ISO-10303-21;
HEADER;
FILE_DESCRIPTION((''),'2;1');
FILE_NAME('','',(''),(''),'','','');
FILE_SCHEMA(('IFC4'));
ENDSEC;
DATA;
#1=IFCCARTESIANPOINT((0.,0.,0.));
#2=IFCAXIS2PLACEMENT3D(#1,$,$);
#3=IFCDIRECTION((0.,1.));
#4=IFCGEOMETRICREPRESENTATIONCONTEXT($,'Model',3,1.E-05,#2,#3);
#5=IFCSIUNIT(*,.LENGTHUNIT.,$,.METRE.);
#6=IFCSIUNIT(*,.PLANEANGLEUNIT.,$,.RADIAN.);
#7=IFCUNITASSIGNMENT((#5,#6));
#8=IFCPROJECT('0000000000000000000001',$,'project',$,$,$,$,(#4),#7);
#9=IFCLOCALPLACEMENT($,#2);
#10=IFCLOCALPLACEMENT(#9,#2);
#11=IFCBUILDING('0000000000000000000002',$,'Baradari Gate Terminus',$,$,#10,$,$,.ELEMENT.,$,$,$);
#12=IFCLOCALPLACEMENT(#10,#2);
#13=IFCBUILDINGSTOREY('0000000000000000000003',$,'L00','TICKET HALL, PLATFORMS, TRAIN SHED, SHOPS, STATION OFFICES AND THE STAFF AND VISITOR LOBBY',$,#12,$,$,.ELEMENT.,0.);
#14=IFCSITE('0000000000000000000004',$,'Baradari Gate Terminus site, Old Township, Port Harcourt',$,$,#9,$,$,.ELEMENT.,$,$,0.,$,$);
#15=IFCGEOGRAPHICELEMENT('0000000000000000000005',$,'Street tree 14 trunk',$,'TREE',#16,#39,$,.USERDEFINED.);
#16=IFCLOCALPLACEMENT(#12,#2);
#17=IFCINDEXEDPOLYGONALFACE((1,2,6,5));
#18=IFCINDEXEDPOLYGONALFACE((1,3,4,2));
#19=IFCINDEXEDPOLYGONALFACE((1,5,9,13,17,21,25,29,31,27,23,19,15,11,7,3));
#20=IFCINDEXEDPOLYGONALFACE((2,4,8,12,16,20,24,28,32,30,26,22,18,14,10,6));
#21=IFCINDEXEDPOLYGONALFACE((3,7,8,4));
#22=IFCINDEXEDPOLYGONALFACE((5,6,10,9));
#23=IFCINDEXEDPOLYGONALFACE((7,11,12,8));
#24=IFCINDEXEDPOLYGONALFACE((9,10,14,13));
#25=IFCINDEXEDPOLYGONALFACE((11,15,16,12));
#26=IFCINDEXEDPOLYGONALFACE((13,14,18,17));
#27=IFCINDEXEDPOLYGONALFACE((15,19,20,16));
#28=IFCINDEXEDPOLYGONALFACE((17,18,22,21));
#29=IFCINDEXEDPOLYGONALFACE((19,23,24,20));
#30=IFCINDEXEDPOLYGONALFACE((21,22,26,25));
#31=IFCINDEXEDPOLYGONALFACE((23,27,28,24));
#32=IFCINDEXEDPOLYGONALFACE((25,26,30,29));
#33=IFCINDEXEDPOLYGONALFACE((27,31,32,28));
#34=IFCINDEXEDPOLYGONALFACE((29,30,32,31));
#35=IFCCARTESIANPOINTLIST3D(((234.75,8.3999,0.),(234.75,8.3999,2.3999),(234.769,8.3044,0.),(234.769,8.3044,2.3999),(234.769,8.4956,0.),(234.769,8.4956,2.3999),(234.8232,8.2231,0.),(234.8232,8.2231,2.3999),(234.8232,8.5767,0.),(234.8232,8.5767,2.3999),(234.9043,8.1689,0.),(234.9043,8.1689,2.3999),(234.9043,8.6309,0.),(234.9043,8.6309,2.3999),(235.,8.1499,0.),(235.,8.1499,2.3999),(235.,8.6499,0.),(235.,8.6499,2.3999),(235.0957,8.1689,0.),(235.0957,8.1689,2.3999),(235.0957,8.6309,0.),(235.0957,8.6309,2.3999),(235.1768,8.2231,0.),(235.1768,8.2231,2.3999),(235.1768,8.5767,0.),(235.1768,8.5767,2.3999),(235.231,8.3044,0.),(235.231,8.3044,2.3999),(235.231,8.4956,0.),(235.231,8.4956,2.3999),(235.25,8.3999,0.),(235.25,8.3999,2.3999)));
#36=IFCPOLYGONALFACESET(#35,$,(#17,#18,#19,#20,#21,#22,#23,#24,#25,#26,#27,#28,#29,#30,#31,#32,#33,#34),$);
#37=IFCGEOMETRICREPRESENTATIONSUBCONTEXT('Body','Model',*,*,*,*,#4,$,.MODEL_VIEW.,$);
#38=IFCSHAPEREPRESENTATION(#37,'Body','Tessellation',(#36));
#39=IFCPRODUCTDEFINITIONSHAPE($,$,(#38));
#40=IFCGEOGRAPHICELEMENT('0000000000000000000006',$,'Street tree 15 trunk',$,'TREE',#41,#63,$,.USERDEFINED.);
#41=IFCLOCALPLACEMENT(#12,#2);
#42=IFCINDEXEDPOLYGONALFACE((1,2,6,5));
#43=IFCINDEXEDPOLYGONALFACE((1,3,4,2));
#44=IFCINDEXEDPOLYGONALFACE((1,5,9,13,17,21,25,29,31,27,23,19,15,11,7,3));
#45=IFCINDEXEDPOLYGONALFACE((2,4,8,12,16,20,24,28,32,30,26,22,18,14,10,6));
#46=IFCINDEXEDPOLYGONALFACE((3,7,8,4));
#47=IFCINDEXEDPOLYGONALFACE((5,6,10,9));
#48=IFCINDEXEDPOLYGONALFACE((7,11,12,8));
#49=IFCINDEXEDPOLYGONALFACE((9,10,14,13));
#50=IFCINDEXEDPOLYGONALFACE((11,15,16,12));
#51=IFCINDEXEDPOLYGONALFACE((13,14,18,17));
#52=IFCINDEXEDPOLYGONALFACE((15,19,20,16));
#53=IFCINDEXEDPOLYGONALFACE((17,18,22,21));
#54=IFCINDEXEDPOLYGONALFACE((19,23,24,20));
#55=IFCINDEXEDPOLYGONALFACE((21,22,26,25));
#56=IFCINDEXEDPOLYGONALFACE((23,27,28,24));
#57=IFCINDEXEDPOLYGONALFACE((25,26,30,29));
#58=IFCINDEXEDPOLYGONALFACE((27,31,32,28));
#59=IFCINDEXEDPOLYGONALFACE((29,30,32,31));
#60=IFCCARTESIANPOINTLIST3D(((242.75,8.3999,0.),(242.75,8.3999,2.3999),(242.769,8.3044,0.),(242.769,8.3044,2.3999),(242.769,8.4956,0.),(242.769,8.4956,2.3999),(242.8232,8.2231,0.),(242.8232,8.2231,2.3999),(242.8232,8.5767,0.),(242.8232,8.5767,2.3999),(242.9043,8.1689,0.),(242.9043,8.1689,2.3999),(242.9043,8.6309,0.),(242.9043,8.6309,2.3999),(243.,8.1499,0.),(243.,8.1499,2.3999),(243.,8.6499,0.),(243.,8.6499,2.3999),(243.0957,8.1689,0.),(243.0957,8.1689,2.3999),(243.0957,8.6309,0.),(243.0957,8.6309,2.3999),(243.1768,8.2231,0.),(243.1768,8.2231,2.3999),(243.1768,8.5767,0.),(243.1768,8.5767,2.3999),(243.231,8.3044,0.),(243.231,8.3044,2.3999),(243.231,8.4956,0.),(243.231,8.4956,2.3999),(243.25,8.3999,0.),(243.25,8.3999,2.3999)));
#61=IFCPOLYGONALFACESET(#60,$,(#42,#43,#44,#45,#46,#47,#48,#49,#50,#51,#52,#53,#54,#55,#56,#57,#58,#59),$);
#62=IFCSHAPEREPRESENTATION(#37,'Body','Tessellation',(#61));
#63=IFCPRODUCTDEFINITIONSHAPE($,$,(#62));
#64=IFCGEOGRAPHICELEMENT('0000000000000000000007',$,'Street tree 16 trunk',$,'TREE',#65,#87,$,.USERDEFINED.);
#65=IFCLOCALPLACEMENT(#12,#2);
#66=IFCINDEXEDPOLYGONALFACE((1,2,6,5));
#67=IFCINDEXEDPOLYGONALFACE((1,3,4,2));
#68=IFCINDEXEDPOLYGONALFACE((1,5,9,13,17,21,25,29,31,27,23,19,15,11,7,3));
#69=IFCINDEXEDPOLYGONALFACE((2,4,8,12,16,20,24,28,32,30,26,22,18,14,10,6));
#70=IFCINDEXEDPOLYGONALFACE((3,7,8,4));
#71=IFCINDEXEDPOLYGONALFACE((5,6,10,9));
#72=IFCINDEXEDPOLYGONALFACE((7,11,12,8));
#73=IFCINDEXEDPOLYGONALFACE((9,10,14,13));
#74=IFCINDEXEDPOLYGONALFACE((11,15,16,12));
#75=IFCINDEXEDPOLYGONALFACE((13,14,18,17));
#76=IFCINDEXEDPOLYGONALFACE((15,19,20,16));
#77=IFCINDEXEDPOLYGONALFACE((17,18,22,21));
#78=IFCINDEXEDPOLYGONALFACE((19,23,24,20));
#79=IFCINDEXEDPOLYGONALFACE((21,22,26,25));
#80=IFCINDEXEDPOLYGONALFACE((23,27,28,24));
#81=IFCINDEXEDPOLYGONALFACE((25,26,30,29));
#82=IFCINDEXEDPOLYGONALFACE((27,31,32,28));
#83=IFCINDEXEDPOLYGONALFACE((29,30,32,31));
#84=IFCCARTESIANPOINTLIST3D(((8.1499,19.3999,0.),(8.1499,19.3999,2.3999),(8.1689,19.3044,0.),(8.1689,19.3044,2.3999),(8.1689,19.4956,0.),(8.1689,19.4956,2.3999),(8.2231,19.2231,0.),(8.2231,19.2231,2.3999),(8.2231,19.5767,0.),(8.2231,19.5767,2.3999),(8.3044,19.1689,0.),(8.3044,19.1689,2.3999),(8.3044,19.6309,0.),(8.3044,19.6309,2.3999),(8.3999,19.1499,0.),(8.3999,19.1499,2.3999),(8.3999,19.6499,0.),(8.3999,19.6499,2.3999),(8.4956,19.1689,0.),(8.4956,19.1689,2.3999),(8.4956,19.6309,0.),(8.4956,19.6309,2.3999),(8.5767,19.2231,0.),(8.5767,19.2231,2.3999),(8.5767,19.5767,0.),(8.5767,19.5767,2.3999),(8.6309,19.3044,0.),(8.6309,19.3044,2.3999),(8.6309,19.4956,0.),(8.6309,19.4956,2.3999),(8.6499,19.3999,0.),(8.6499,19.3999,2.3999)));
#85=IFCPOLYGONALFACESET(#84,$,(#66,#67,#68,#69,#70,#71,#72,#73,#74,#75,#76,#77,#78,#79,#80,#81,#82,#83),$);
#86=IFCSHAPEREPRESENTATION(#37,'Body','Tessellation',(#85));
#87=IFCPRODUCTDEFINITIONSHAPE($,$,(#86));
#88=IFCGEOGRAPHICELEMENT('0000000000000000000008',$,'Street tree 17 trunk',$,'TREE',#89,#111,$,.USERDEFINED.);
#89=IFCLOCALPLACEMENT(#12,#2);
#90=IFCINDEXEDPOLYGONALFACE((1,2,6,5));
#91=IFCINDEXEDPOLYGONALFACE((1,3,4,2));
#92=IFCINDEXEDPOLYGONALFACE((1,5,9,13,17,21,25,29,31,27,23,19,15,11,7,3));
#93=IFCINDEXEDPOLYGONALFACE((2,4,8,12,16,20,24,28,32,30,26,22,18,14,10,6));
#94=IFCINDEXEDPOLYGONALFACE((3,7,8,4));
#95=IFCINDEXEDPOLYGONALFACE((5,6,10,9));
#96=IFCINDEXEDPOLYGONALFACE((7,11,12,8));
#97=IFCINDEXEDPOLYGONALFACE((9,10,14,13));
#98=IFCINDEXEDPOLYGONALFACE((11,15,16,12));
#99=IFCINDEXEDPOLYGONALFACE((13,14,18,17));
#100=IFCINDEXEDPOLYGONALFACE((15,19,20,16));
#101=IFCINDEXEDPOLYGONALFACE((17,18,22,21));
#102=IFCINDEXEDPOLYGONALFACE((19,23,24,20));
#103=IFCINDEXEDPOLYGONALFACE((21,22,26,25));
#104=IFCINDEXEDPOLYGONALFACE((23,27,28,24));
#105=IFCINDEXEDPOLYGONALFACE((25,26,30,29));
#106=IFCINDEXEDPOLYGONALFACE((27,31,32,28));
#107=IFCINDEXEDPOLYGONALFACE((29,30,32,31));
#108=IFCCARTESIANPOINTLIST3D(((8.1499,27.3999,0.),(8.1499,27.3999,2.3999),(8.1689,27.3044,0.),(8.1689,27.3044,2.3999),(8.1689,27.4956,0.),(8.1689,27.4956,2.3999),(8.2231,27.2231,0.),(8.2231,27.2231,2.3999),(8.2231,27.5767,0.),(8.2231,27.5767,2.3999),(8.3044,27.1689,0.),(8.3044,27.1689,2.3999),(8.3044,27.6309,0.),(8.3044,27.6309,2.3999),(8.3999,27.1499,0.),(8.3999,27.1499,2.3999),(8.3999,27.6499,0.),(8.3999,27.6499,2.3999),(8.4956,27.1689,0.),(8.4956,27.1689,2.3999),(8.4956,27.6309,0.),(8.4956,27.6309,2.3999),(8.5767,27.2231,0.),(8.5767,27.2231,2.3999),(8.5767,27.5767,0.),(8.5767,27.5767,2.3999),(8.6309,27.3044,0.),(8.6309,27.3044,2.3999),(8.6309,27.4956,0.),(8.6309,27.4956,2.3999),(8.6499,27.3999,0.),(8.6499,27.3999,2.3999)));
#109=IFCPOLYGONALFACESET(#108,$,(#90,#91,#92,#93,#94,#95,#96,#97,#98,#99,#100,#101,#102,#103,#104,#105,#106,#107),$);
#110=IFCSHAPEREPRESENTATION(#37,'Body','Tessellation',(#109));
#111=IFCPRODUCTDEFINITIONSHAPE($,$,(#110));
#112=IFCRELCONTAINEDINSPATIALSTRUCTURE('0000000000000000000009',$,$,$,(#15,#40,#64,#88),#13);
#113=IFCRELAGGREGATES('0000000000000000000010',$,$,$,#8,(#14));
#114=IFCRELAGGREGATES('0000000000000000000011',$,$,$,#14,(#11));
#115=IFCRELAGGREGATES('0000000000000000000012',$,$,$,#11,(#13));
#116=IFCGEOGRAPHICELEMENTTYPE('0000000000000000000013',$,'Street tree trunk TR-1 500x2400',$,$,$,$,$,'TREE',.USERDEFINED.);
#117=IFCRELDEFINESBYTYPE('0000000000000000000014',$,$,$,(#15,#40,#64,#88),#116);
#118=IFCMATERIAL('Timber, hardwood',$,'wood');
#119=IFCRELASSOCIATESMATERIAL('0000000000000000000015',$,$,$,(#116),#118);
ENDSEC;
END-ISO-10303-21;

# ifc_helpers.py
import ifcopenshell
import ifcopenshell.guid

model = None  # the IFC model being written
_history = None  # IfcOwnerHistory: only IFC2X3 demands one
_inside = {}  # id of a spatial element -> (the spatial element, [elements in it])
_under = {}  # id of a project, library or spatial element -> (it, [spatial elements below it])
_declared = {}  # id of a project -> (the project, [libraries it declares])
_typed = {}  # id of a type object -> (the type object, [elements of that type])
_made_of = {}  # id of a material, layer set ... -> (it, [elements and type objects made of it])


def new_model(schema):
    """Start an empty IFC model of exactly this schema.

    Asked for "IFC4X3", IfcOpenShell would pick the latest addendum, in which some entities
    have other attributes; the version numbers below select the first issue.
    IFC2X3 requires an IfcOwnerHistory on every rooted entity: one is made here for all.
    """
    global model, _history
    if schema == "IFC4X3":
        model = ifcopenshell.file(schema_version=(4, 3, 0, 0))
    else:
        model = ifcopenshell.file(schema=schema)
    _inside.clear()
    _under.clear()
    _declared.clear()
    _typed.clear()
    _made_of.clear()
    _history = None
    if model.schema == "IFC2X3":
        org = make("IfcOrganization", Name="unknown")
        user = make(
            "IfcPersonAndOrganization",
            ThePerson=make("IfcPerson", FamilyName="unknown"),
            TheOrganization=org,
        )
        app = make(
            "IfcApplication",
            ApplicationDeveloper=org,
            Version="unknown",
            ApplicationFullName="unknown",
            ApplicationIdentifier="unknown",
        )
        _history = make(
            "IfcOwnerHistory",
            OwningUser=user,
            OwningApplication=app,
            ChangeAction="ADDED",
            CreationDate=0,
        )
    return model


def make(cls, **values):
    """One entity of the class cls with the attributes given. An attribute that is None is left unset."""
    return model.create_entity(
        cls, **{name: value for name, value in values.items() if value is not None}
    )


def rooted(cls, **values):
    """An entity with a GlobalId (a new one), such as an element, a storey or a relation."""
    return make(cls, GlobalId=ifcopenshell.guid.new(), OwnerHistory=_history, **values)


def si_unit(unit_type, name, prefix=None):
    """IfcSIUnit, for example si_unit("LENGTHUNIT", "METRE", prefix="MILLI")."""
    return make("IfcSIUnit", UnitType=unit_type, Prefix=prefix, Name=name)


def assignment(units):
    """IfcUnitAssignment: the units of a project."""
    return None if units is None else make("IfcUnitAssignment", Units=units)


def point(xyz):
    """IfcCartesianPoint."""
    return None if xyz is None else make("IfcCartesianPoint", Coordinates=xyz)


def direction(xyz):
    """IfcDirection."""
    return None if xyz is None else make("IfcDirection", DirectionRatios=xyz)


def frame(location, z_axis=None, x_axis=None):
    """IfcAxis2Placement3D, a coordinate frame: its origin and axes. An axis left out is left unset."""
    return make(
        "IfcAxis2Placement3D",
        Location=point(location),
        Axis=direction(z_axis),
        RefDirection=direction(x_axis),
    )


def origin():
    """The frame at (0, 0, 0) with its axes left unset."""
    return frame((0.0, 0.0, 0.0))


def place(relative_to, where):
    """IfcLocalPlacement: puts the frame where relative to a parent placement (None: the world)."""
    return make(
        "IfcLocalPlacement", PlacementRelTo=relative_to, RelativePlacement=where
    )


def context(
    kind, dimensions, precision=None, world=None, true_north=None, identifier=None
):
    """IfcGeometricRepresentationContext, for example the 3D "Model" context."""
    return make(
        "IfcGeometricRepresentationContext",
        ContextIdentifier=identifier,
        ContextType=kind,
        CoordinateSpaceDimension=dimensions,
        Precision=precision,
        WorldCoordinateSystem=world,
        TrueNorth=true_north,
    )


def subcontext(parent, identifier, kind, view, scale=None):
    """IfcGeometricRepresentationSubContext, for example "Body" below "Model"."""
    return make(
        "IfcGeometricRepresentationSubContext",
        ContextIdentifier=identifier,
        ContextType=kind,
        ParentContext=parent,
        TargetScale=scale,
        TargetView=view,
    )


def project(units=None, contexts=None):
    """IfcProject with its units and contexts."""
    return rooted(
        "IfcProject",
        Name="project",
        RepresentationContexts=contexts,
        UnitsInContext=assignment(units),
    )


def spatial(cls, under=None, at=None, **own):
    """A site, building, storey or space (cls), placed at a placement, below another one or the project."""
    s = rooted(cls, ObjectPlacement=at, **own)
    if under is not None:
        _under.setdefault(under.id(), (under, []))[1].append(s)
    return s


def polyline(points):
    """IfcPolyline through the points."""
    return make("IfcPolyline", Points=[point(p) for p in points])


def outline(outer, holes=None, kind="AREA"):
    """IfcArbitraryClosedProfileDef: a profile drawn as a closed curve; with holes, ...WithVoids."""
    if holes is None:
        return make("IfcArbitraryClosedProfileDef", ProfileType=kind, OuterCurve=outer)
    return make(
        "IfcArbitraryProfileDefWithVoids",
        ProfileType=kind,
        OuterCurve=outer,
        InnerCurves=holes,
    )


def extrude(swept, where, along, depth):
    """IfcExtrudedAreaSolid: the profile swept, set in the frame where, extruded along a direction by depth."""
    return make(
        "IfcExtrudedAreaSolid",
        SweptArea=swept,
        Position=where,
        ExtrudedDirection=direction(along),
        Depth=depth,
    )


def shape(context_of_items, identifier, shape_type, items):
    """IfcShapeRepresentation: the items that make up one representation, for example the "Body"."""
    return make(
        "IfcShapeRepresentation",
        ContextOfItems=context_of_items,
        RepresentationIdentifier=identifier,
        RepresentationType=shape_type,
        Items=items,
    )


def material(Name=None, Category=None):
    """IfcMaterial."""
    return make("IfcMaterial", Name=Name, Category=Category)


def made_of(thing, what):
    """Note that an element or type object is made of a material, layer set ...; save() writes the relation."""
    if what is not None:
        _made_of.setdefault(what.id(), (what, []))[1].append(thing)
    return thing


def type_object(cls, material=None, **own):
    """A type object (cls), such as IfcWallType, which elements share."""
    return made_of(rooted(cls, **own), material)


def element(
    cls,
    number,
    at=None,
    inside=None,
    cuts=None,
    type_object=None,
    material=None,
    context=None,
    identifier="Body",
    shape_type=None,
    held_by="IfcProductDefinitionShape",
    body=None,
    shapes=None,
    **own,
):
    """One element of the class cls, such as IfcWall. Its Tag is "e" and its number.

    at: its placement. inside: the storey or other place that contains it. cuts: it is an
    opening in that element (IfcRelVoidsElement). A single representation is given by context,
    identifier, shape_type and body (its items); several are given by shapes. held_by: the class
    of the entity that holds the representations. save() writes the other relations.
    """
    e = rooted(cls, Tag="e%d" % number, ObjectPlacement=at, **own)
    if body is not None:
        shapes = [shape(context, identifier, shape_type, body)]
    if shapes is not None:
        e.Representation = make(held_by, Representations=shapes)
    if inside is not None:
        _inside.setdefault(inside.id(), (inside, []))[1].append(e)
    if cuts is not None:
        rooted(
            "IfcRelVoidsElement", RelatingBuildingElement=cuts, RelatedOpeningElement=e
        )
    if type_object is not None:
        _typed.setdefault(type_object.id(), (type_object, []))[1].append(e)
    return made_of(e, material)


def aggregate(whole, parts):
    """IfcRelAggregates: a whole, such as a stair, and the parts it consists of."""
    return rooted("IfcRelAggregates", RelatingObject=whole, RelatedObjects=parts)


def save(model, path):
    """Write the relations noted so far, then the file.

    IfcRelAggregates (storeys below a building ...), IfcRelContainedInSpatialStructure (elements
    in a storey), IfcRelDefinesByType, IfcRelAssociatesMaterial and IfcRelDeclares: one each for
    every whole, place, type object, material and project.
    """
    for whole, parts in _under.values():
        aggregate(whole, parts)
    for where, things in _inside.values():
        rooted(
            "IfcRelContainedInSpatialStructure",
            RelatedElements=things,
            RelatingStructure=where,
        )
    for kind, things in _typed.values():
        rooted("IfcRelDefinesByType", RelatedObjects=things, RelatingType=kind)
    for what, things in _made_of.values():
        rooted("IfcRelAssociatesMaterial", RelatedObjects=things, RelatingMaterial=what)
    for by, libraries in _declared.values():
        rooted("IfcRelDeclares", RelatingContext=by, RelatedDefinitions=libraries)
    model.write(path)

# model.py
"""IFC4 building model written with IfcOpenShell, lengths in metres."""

from ifc_helpers import new_model, si_unit, direction, origin, place, context, subcontext, project, spatial, polyline, outline, extrude, material, type_object, element, save


model = new_model("IFC4")

# Units and contexts
model_context = context("Model", 3, precision=1e-05, world=origin(), true_north=direction((0.0, 1.0)))
body_context = subcontext(model_context, "Body", "Model", "MODEL_VIEW")
ifc_project = project(units=[si_unit("LENGTHUNIT", "METRE"), si_unit("PLANEANGLEUNIT", "RADIAN")], contexts=[model_context])

# Site, building, storey
site_placement = place(None, origin())
site = spatial("IfcSite", under=ifc_project, at=site_placement, Name="Baradari Gate Terminus site, Old Township, Port Harcourt", CompositionType="ELEMENT", RefElevation=0.0)
building_placement = place(site_placement, origin())
building = spatial("IfcBuilding", under=site, at=building_placement, Name="Baradari Gate Terminus", CompositionType="ELEMENT")
storey_placement = place(building_placement, origin())
storey = spatial("IfcBuildingStorey", under=building, at=storey_placement, Name="L00", Description="TICKET HALL, PLATFORMS, TRAIN SHED, SHOPS, STATION OFFICES AND THE STAFF AND VISITOR LOBBY", CompositionType="ELEMENT", Elevation=0.0)

# Geographic elements
ifc_material_1 = material(Name="Timber, hardwood", Category="wood")
geographic_element_type = type_object("IfcGeographicElementType", Name="Street tree trunk TR-1 500x2400", ElementType="TREE", PredefinedType="USERDEFINED", material=ifc_material_1)
geographic_element_1_placement = place(storey_placement, origin())
element("IfcGeographicElement", 1, at=geographic_element_1_placement, inside=storey, type_object=geographic_element_type, Name="Street tree 14 trunk", ObjectType="TREE", PredefinedType="USERDEFINED", context=body_context, shape_type="SweptSolid", body=[
    extrude(outline(polyline([(235.25, 8.3999), (235.231, 8.4956), (235.1768, 8.5767), (235.0957, 8.6309), (235.0, 8.6499), (234.9043, 8.6309), (234.8232, 8.5767), (234.769, 8.4956), (234.75, 8.3999), (234.769, 8.3044), (234.8232, 8.2231), (234.9043, 8.1689), (235.0, 8.1499), (235.0957, 8.1689), (235.1768, 8.2231), (235.231, 8.3044), (235.25, 8.3999)])), origin(), (0.0, 0.0, 1.0), 2.3999),
])
geographic_element_2_placement = place(storey_placement, origin())
element("IfcGeographicElement", 2, at=geographic_element_2_placement, inside=storey, type_object=geographic_element_type, Name="Street tree 15 trunk", ObjectType="TREE", PredefinedType="USERDEFINED", context=body_context, shape_type="SweptSolid", body=[
    extrude(outline(polyline([(243.25, 8.3999), (243.231, 8.4956), (243.1768, 8.5767), (243.0957, 8.6309), (243.0, 8.6499), (242.9043, 8.6309), (242.8232, 8.5767), (242.769, 8.4956), (242.75, 8.3999), (242.769, 8.3044), (242.8232, 8.2231), (242.9043, 8.1689), (243.0, 8.1499), (243.0957, 8.1689), (243.1768, 8.2231), (243.231, 8.3044), (243.25, 8.3999)])), origin(), (0.0, 0.0, 1.0), 2.3999),
])
geographic_element_3_placement = place(storey_placement, origin())
element("IfcGeographicElement", 3, at=geographic_element_3_placement, inside=storey, type_object=geographic_element_type, Name="Street tree 16 trunk", ObjectType="TREE", PredefinedType="USERDEFINED", context=body_context, shape_type="SweptSolid", body=[
    extrude(outline(polyline([(8.6499, 19.3999), (8.6309, 19.4956), (8.5767, 19.5767), (8.4956, 19.6309), (8.3999, 19.6499), (8.3044, 19.6309), (8.2231, 19.5767), (8.1689, 19.4956), (8.1499, 19.3999), (8.1689, 19.3044), (8.2231, 19.2231), (8.3044, 19.1689), (8.3999, 19.1499), (8.4956, 19.1689), (8.5767, 19.2231), (8.6309, 19.3044), (8.6499, 19.3999)])), origin(), (0.0, 0.0, 1.0), 2.3999),
])
geographic_element_4_placement = place(storey_placement, origin())
element("IfcGeographicElement", 4, at=geographic_element_4_placement, inside=storey, type_object=geographic_element_type, Name="Street tree 17 trunk", ObjectType="TREE", PredefinedType="USERDEFINED", context=body_context, shape_type="SweptSolid", body=[
    extrude(outline(polyline([(8.6499, 27.3999), (8.6309, 27.4956), (8.5767, 27.5767), (8.4956, 27.6309), (8.3999, 27.6499), (8.3044, 27.6309), (8.2231, 27.5767), (8.1689, 27.4956), (8.1499, 27.3999), (8.1689, 27.3044), (8.2231, 27.2231), (8.3044, 27.1689), (8.3999, 27.1499), (8.4956, 27.1689), (8.5767, 27.2231), (8.6309, 27.3044), (8.6499, 27.3999)])), origin(), (0.0, 0.0, 1.0), 2.3999),
])

save(model, "model.ifc")
